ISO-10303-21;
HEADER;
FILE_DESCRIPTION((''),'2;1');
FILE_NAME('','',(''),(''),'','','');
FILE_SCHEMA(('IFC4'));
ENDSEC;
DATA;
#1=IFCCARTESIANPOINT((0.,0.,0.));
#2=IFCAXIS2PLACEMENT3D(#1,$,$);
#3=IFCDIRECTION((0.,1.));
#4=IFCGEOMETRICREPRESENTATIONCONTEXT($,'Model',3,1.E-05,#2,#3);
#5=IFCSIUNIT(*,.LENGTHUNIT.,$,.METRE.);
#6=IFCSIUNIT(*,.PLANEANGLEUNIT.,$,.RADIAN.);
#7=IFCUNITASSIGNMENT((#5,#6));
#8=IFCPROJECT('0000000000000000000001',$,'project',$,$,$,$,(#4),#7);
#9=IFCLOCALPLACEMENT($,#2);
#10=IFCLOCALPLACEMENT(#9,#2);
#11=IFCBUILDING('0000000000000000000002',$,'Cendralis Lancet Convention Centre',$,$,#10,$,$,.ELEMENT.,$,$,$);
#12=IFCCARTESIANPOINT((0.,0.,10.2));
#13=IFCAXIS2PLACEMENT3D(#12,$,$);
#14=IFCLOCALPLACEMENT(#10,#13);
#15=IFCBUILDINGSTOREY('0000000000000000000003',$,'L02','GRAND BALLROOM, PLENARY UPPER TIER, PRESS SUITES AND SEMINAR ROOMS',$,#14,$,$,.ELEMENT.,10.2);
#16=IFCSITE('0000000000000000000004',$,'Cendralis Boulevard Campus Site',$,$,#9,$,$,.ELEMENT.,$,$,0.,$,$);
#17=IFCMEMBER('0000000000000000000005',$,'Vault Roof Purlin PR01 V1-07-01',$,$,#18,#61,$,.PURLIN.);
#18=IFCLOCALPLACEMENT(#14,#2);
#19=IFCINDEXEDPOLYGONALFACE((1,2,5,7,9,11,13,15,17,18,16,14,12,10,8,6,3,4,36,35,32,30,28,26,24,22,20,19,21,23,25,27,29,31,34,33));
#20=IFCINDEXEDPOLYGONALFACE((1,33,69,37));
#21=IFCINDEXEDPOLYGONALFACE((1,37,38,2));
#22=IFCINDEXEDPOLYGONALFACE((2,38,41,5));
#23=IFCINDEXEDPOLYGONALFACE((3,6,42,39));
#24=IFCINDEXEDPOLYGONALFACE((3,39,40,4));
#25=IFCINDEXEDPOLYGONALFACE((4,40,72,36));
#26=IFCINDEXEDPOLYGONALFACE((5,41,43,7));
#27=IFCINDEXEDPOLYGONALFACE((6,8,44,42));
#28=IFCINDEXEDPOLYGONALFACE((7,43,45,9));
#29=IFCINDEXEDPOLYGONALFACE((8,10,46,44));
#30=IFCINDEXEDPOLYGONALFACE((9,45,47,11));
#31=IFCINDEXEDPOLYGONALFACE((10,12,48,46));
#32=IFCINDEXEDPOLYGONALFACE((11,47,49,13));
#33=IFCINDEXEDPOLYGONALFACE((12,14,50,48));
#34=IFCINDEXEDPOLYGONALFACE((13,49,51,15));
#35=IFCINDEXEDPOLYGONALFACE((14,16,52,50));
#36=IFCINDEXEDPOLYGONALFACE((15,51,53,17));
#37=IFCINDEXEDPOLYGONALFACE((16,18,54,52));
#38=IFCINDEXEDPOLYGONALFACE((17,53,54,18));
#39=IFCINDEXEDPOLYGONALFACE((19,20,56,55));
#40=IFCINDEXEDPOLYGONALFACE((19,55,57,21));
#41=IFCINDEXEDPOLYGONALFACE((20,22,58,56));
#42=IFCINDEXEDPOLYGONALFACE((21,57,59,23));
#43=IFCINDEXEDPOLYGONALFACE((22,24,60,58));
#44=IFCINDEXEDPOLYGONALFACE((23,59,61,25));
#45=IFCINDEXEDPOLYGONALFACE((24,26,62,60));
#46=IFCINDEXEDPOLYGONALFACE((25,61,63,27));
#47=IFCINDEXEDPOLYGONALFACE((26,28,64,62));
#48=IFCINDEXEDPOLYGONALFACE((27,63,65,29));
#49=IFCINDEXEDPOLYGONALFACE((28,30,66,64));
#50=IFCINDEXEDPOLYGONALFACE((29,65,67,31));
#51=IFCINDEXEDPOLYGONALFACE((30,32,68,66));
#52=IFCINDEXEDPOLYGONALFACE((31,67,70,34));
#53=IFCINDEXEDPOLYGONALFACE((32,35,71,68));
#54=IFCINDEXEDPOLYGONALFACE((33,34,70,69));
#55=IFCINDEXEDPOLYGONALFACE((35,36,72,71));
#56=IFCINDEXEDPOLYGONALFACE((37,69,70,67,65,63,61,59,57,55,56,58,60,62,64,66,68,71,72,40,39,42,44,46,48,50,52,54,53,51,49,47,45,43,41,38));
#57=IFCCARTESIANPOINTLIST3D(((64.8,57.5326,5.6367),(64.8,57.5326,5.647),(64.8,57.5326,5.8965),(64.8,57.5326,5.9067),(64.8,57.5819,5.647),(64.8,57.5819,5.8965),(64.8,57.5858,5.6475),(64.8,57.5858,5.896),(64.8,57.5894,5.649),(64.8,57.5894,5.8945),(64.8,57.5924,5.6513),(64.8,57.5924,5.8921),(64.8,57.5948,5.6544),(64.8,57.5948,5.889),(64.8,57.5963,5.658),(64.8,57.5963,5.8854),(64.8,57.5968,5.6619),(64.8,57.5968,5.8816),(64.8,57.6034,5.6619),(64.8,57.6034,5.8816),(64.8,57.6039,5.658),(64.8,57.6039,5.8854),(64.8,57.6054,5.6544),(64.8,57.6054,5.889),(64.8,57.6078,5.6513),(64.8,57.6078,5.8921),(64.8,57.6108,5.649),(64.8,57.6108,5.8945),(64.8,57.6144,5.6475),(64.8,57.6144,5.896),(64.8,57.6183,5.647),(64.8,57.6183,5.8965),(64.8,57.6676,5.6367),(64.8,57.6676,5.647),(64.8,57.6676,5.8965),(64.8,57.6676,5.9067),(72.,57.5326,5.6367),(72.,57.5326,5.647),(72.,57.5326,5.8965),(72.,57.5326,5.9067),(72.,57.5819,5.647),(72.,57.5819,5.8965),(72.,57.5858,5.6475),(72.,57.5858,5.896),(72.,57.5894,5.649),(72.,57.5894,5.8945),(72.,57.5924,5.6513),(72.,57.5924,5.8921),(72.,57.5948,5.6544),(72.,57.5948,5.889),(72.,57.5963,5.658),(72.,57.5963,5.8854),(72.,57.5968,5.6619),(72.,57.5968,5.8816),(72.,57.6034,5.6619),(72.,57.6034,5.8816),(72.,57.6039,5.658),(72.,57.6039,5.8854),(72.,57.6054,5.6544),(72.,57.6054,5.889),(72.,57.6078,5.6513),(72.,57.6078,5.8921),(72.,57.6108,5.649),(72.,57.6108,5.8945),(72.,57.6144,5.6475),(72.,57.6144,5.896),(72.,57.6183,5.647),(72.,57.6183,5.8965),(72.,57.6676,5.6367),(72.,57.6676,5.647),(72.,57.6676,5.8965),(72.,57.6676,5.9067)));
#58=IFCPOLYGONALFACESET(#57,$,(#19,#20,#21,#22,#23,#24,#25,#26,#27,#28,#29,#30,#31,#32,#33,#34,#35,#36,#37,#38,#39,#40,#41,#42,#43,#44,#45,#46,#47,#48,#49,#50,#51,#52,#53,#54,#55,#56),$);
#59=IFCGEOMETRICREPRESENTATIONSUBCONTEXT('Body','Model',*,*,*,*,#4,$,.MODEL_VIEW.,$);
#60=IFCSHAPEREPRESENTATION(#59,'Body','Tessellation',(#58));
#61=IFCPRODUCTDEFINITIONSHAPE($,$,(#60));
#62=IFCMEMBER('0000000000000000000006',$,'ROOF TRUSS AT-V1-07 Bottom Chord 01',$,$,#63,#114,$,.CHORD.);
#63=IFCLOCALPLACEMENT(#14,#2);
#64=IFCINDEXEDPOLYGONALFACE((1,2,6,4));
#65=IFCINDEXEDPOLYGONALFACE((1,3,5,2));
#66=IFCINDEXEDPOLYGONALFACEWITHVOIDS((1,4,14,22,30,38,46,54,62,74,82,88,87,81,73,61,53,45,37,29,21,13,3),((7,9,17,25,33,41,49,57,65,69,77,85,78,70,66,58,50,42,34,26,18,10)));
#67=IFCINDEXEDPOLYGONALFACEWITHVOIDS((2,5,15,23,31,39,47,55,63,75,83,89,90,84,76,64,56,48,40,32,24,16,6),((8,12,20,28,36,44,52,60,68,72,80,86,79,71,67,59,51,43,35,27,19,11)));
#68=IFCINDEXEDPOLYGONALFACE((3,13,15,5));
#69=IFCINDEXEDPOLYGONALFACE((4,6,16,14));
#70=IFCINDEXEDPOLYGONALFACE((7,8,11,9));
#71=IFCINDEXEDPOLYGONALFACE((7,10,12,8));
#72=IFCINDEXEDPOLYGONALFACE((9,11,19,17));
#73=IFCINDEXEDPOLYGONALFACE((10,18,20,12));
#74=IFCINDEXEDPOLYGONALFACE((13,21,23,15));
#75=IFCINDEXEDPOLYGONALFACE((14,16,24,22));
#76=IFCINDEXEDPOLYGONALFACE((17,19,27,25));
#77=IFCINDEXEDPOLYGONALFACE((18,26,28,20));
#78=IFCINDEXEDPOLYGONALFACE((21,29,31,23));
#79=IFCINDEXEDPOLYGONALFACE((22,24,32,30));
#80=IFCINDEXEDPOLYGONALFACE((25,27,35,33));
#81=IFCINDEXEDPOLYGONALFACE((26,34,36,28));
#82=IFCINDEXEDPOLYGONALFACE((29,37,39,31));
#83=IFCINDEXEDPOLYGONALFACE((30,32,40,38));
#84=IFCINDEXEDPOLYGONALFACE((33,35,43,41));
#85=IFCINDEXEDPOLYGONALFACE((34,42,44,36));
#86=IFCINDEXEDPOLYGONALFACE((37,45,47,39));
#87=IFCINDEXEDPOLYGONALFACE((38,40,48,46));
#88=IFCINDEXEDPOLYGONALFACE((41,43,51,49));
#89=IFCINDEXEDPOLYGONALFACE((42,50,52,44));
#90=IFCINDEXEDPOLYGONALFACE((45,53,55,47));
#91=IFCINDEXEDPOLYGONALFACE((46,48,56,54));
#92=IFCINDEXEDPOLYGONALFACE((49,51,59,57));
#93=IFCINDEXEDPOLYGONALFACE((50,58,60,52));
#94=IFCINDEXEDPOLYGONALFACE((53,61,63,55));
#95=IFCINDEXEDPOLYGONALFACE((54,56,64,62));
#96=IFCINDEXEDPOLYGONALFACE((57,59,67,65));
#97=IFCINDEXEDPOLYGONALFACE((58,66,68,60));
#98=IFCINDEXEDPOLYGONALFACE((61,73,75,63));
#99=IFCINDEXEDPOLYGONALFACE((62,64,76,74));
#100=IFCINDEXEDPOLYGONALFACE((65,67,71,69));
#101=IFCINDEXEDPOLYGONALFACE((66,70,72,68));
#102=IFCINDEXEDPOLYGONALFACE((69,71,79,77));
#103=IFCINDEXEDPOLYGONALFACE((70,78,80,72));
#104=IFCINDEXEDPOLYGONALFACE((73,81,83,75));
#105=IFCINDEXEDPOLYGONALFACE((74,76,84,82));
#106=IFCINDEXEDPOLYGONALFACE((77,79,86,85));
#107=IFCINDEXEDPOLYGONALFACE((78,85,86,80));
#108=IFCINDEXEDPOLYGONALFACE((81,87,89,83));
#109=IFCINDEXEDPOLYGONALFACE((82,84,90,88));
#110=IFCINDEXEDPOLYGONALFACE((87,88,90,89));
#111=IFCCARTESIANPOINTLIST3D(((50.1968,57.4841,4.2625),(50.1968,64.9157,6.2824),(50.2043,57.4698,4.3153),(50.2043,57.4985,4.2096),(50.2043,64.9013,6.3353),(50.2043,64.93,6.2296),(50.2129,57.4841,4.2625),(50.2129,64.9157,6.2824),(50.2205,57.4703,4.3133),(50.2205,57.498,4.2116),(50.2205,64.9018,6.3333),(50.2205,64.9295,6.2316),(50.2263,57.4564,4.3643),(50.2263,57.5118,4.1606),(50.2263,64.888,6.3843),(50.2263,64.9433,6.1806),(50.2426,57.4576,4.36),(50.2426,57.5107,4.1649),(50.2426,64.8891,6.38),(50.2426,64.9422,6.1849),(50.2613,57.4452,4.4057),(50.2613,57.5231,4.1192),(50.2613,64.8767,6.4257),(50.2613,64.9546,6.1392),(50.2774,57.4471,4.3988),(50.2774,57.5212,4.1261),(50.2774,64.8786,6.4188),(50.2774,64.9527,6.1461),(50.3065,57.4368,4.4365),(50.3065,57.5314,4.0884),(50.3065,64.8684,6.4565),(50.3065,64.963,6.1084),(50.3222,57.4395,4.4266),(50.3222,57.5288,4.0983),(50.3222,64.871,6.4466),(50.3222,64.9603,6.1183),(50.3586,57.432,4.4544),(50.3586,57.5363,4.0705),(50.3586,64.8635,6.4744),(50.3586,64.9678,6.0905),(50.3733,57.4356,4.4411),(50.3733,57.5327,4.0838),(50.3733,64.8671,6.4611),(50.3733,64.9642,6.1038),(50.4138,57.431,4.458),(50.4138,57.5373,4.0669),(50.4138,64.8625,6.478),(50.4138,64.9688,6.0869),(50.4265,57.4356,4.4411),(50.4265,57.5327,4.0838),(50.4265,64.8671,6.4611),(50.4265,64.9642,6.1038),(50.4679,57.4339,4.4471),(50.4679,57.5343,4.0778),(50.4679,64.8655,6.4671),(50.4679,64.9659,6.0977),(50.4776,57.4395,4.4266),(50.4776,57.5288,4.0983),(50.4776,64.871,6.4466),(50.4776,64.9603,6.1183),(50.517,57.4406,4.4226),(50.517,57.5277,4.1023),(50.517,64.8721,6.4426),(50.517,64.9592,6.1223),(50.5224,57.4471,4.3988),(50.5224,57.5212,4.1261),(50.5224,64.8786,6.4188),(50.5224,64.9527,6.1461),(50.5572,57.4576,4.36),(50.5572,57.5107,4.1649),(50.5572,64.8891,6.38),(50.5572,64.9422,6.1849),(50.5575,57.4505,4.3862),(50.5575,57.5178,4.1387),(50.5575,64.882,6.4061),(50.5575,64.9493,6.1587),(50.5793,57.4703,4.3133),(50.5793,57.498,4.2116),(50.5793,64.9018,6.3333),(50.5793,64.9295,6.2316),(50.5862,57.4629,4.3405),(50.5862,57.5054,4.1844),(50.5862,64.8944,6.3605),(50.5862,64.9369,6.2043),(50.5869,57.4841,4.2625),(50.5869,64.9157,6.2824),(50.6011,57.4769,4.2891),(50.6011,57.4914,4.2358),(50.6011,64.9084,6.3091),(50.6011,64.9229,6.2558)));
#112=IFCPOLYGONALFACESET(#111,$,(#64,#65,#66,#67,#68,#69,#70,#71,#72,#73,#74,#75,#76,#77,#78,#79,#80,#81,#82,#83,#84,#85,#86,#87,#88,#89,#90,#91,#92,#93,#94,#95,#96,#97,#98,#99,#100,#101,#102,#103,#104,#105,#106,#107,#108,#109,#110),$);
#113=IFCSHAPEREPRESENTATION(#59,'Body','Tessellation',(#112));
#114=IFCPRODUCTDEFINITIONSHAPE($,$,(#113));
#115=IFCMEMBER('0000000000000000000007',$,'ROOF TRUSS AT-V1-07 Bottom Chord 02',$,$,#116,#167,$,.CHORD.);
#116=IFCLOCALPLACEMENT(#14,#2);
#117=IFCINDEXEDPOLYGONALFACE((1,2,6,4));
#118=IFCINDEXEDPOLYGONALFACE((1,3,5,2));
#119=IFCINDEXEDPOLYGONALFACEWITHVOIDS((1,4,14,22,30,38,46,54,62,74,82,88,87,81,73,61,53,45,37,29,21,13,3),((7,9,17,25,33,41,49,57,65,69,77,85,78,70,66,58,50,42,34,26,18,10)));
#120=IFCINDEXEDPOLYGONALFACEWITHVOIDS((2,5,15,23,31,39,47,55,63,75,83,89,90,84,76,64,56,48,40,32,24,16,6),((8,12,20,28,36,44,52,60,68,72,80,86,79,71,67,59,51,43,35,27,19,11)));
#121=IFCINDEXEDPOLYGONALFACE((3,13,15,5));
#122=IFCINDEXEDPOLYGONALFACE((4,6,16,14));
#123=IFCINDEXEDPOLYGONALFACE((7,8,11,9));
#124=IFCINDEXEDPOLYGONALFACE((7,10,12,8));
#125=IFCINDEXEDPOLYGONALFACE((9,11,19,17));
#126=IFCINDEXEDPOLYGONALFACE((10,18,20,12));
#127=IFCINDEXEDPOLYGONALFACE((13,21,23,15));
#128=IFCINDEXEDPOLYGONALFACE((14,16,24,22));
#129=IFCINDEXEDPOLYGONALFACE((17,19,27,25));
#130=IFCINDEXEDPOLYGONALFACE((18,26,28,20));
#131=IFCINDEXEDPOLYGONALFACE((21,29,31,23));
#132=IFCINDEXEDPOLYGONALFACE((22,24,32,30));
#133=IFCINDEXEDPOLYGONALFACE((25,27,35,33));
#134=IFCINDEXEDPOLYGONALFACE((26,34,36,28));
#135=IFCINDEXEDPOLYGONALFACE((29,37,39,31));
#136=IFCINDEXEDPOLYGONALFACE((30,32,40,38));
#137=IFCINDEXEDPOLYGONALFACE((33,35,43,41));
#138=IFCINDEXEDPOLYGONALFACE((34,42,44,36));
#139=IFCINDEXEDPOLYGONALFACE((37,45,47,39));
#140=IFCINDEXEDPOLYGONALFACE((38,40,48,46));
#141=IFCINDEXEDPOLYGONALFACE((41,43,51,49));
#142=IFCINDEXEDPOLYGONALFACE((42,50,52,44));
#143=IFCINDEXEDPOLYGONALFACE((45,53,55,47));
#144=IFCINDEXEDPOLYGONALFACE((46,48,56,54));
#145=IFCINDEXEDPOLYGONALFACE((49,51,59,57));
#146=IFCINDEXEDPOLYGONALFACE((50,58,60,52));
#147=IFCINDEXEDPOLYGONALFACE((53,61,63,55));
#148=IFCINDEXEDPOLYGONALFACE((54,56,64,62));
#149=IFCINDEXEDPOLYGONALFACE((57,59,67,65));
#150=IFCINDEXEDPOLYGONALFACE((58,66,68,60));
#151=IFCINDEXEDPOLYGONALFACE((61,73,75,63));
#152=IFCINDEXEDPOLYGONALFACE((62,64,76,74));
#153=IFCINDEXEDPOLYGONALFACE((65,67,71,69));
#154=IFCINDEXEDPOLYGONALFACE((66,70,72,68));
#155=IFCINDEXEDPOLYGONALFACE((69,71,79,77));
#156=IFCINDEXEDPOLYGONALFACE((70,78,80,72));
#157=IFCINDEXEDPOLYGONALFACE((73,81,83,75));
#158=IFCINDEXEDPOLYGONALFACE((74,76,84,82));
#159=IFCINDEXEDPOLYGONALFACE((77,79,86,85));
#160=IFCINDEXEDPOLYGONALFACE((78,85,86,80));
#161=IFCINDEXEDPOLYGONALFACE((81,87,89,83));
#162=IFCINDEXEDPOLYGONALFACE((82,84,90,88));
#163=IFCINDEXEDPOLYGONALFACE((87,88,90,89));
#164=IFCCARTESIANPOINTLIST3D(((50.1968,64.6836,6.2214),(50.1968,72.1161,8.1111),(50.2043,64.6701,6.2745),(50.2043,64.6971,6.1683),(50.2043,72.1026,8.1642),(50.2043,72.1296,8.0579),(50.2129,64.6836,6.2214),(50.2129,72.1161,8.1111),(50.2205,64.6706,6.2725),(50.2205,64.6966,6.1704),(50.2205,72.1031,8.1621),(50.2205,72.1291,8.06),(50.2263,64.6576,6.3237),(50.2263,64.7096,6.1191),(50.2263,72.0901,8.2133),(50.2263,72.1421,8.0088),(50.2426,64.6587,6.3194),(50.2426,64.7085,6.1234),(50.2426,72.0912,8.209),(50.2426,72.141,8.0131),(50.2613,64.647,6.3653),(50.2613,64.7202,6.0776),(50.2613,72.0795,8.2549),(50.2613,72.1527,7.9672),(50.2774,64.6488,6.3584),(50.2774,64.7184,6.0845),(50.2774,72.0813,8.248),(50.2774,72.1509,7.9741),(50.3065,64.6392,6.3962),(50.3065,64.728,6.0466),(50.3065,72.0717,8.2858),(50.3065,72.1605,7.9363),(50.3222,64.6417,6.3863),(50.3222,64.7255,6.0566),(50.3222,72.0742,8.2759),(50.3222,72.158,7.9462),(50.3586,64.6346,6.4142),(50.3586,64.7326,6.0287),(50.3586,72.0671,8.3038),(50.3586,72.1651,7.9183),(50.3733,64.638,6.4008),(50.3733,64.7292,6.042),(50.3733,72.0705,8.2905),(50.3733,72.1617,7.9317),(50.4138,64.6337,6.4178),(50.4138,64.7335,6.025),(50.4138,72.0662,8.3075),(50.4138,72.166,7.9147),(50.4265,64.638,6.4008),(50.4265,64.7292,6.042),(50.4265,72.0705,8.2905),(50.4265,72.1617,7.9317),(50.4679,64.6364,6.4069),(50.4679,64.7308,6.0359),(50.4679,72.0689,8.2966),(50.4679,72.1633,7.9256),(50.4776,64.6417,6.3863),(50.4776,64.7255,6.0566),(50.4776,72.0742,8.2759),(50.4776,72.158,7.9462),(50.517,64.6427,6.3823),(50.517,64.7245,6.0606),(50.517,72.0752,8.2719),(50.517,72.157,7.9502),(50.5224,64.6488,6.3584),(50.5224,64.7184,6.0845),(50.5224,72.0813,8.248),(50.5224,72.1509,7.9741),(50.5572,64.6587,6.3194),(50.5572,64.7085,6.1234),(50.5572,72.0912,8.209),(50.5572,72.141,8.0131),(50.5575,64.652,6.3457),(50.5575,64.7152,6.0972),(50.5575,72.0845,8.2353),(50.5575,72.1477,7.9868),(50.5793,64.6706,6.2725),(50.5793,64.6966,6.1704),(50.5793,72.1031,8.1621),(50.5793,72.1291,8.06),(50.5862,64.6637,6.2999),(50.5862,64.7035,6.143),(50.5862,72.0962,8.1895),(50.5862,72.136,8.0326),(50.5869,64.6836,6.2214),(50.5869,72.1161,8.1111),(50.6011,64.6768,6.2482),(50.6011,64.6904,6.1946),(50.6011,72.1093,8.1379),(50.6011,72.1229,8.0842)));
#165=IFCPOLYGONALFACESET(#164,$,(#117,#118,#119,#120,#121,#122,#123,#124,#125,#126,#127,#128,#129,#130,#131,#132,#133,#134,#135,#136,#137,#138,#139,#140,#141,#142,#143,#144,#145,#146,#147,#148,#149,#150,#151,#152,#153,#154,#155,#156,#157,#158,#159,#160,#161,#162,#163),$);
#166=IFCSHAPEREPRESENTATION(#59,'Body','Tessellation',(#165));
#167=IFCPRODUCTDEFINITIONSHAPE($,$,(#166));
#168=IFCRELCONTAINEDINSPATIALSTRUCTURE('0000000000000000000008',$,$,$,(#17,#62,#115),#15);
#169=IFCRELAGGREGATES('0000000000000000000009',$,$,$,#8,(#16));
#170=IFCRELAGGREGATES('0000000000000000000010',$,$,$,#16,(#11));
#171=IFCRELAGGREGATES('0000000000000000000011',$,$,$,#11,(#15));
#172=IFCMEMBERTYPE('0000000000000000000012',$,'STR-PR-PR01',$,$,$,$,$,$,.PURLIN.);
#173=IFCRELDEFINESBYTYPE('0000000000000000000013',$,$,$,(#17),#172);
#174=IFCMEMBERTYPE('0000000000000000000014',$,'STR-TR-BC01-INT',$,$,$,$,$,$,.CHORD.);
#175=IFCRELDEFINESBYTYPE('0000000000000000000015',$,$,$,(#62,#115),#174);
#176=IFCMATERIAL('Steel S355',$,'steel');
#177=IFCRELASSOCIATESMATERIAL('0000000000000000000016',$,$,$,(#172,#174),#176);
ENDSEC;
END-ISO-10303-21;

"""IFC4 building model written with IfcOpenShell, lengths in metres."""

from ifc_helpers import new_model, si_unit, direction, frame, origin, origin_2d, place, context, subcontext, project, spatial, hollow_circle, i_section, extrude, material, material_profile, profile_set, type_object, element, save


model = new_model("IFC4")

# Units and contexts
model_context = context("Model", 3, precision=1e-05, world=origin(), true_north=direction((0.0, 1.0)))
body_context = subcontext(model_context, "Body", "Model", "MODEL_VIEW")
ifc_project = project(units=[si_unit("LENGTHUNIT", "METRE"), si_unit("PLANEANGLEUNIT", "RADIAN")], contexts=[model_context])

# Site, building, storey
site_placement = place(None, origin())
site = spatial("IfcSite", under=ifc_project, at=site_placement, Name="Cendralis Boulevard Campus Site", CompositionType="ELEMENT", RefElevation=0.0)
building_placement = place(site_placement, origin())
building = spatial("IfcBuilding", under=site, at=building_placement, Name="Cendralis Lancet Convention Centre", CompositionType="ELEMENT")
storey_placement = place(building_placement, frame((0.0, 0.0, 10.2)))
storey = spatial("IfcBuildingStorey", under=building, at=storey_placement, Name="L02", Description="GRAND BALLROOM, PLENARY UPPER TIER, PRESS SUITES AND SEMINAR ROOMS", CompositionType="ELEMENT", Elevation=10.2)

# Members
ifc_material = material(Name="Steel S355", Category="steel")
ifc_material_profile_1 = material_profile(ifc_material, i_section(OverallWidth=0.135, OverallDepth=0.27, WebThickness=0.0066, FlangeThickness=0.0103, FilletRadius=0.0149, at=origin_2d()), Name="IPE 270")
ifc_profile_set_1 = profile_set([ifc_material_profile_1], Name="Steel S355")
member_type_1 = type_object("IfcMemberType", Name="STR-PR-PR01", PredefinedType="PURLIN", material=ifc_profile_set_1)
member_1_placement = place(storey_placement, frame((64.8, 57.6001, 5.7717), z_axis=(1.0, 0.0, 0.0), x_axis=(0.0, 1.0, 0.0)))
element("IfcMember", 1, at=member_1_placement, inside=storey, type_object=member_type_1, Name="Vault Roof Purlin PR01 V1-07-01", PredefinedType="PURLIN", context=body_context, shape_type="SweptSolid", body=[
    extrude(i_section(OverallWidth=0.135, OverallDepth=0.27, WebThickness=0.0066, FlangeThickness=0.0103, FilletRadius=0.0149, at=origin_2d()), origin(), (0.0, 0.0, 1.0), 7.2),
])
ifc_material_profile_2 = material_profile(ifc_material, hollow_circle(Radius=0.2031, WallThickness=0.0161, at=origin_2d()), Name="CHS 406.4x16.0")
ifc_profile_set_2 = profile_set([ifc_material_profile_2], Name="Steel S355")
member_type_2 = type_object("IfcMemberType", Name="STR-TR-BC01-INT", PredefinedType="CHORD", material=ifc_profile_set_2)
member_2_placement = place(storey_placement, frame((50.3999, 57.4841, 4.2625), z_axis=(0.0, 0.964987, 0.262296), x_axis=(-1.0, 0.0, 0.0)))
element("IfcMember", 2, at=member_2_placement, inside=storey, type_object=member_type_2, Name="ROOF TRUSS AT-V1-07 Bottom Chord 01", PredefinedType="CHORD", context=body_context, shape_type="SweptSolid", body=[
    extrude(hollow_circle(Radius=0.2031, WallThickness=0.0161, at=origin_2d()), origin(), (0.0, 0.0, 1.0), 7.7012),
])
member_3_placement = place(storey_placement, frame((50.3999, 64.6836, 6.2214), z_axis=(0.0, 0.969169, 0.246399), x_axis=(-1.0, 0.0, 0.0)))
element("IfcMember", 3, at=member_3_placement, inside=storey, type_object=member_type_2, Name="ROOF TRUSS AT-V1-07 Bottom Chord 02", PredefinedType="CHORD", context=body_context, shape_type="SweptSolid", body=[
    extrude(hollow_circle(Radius=0.2031, WallThickness=0.0161, at=origin_2d()), origin(), (0.0, 0.0, 1.0), 7.6689),
])

save(model, "model.ifc")
